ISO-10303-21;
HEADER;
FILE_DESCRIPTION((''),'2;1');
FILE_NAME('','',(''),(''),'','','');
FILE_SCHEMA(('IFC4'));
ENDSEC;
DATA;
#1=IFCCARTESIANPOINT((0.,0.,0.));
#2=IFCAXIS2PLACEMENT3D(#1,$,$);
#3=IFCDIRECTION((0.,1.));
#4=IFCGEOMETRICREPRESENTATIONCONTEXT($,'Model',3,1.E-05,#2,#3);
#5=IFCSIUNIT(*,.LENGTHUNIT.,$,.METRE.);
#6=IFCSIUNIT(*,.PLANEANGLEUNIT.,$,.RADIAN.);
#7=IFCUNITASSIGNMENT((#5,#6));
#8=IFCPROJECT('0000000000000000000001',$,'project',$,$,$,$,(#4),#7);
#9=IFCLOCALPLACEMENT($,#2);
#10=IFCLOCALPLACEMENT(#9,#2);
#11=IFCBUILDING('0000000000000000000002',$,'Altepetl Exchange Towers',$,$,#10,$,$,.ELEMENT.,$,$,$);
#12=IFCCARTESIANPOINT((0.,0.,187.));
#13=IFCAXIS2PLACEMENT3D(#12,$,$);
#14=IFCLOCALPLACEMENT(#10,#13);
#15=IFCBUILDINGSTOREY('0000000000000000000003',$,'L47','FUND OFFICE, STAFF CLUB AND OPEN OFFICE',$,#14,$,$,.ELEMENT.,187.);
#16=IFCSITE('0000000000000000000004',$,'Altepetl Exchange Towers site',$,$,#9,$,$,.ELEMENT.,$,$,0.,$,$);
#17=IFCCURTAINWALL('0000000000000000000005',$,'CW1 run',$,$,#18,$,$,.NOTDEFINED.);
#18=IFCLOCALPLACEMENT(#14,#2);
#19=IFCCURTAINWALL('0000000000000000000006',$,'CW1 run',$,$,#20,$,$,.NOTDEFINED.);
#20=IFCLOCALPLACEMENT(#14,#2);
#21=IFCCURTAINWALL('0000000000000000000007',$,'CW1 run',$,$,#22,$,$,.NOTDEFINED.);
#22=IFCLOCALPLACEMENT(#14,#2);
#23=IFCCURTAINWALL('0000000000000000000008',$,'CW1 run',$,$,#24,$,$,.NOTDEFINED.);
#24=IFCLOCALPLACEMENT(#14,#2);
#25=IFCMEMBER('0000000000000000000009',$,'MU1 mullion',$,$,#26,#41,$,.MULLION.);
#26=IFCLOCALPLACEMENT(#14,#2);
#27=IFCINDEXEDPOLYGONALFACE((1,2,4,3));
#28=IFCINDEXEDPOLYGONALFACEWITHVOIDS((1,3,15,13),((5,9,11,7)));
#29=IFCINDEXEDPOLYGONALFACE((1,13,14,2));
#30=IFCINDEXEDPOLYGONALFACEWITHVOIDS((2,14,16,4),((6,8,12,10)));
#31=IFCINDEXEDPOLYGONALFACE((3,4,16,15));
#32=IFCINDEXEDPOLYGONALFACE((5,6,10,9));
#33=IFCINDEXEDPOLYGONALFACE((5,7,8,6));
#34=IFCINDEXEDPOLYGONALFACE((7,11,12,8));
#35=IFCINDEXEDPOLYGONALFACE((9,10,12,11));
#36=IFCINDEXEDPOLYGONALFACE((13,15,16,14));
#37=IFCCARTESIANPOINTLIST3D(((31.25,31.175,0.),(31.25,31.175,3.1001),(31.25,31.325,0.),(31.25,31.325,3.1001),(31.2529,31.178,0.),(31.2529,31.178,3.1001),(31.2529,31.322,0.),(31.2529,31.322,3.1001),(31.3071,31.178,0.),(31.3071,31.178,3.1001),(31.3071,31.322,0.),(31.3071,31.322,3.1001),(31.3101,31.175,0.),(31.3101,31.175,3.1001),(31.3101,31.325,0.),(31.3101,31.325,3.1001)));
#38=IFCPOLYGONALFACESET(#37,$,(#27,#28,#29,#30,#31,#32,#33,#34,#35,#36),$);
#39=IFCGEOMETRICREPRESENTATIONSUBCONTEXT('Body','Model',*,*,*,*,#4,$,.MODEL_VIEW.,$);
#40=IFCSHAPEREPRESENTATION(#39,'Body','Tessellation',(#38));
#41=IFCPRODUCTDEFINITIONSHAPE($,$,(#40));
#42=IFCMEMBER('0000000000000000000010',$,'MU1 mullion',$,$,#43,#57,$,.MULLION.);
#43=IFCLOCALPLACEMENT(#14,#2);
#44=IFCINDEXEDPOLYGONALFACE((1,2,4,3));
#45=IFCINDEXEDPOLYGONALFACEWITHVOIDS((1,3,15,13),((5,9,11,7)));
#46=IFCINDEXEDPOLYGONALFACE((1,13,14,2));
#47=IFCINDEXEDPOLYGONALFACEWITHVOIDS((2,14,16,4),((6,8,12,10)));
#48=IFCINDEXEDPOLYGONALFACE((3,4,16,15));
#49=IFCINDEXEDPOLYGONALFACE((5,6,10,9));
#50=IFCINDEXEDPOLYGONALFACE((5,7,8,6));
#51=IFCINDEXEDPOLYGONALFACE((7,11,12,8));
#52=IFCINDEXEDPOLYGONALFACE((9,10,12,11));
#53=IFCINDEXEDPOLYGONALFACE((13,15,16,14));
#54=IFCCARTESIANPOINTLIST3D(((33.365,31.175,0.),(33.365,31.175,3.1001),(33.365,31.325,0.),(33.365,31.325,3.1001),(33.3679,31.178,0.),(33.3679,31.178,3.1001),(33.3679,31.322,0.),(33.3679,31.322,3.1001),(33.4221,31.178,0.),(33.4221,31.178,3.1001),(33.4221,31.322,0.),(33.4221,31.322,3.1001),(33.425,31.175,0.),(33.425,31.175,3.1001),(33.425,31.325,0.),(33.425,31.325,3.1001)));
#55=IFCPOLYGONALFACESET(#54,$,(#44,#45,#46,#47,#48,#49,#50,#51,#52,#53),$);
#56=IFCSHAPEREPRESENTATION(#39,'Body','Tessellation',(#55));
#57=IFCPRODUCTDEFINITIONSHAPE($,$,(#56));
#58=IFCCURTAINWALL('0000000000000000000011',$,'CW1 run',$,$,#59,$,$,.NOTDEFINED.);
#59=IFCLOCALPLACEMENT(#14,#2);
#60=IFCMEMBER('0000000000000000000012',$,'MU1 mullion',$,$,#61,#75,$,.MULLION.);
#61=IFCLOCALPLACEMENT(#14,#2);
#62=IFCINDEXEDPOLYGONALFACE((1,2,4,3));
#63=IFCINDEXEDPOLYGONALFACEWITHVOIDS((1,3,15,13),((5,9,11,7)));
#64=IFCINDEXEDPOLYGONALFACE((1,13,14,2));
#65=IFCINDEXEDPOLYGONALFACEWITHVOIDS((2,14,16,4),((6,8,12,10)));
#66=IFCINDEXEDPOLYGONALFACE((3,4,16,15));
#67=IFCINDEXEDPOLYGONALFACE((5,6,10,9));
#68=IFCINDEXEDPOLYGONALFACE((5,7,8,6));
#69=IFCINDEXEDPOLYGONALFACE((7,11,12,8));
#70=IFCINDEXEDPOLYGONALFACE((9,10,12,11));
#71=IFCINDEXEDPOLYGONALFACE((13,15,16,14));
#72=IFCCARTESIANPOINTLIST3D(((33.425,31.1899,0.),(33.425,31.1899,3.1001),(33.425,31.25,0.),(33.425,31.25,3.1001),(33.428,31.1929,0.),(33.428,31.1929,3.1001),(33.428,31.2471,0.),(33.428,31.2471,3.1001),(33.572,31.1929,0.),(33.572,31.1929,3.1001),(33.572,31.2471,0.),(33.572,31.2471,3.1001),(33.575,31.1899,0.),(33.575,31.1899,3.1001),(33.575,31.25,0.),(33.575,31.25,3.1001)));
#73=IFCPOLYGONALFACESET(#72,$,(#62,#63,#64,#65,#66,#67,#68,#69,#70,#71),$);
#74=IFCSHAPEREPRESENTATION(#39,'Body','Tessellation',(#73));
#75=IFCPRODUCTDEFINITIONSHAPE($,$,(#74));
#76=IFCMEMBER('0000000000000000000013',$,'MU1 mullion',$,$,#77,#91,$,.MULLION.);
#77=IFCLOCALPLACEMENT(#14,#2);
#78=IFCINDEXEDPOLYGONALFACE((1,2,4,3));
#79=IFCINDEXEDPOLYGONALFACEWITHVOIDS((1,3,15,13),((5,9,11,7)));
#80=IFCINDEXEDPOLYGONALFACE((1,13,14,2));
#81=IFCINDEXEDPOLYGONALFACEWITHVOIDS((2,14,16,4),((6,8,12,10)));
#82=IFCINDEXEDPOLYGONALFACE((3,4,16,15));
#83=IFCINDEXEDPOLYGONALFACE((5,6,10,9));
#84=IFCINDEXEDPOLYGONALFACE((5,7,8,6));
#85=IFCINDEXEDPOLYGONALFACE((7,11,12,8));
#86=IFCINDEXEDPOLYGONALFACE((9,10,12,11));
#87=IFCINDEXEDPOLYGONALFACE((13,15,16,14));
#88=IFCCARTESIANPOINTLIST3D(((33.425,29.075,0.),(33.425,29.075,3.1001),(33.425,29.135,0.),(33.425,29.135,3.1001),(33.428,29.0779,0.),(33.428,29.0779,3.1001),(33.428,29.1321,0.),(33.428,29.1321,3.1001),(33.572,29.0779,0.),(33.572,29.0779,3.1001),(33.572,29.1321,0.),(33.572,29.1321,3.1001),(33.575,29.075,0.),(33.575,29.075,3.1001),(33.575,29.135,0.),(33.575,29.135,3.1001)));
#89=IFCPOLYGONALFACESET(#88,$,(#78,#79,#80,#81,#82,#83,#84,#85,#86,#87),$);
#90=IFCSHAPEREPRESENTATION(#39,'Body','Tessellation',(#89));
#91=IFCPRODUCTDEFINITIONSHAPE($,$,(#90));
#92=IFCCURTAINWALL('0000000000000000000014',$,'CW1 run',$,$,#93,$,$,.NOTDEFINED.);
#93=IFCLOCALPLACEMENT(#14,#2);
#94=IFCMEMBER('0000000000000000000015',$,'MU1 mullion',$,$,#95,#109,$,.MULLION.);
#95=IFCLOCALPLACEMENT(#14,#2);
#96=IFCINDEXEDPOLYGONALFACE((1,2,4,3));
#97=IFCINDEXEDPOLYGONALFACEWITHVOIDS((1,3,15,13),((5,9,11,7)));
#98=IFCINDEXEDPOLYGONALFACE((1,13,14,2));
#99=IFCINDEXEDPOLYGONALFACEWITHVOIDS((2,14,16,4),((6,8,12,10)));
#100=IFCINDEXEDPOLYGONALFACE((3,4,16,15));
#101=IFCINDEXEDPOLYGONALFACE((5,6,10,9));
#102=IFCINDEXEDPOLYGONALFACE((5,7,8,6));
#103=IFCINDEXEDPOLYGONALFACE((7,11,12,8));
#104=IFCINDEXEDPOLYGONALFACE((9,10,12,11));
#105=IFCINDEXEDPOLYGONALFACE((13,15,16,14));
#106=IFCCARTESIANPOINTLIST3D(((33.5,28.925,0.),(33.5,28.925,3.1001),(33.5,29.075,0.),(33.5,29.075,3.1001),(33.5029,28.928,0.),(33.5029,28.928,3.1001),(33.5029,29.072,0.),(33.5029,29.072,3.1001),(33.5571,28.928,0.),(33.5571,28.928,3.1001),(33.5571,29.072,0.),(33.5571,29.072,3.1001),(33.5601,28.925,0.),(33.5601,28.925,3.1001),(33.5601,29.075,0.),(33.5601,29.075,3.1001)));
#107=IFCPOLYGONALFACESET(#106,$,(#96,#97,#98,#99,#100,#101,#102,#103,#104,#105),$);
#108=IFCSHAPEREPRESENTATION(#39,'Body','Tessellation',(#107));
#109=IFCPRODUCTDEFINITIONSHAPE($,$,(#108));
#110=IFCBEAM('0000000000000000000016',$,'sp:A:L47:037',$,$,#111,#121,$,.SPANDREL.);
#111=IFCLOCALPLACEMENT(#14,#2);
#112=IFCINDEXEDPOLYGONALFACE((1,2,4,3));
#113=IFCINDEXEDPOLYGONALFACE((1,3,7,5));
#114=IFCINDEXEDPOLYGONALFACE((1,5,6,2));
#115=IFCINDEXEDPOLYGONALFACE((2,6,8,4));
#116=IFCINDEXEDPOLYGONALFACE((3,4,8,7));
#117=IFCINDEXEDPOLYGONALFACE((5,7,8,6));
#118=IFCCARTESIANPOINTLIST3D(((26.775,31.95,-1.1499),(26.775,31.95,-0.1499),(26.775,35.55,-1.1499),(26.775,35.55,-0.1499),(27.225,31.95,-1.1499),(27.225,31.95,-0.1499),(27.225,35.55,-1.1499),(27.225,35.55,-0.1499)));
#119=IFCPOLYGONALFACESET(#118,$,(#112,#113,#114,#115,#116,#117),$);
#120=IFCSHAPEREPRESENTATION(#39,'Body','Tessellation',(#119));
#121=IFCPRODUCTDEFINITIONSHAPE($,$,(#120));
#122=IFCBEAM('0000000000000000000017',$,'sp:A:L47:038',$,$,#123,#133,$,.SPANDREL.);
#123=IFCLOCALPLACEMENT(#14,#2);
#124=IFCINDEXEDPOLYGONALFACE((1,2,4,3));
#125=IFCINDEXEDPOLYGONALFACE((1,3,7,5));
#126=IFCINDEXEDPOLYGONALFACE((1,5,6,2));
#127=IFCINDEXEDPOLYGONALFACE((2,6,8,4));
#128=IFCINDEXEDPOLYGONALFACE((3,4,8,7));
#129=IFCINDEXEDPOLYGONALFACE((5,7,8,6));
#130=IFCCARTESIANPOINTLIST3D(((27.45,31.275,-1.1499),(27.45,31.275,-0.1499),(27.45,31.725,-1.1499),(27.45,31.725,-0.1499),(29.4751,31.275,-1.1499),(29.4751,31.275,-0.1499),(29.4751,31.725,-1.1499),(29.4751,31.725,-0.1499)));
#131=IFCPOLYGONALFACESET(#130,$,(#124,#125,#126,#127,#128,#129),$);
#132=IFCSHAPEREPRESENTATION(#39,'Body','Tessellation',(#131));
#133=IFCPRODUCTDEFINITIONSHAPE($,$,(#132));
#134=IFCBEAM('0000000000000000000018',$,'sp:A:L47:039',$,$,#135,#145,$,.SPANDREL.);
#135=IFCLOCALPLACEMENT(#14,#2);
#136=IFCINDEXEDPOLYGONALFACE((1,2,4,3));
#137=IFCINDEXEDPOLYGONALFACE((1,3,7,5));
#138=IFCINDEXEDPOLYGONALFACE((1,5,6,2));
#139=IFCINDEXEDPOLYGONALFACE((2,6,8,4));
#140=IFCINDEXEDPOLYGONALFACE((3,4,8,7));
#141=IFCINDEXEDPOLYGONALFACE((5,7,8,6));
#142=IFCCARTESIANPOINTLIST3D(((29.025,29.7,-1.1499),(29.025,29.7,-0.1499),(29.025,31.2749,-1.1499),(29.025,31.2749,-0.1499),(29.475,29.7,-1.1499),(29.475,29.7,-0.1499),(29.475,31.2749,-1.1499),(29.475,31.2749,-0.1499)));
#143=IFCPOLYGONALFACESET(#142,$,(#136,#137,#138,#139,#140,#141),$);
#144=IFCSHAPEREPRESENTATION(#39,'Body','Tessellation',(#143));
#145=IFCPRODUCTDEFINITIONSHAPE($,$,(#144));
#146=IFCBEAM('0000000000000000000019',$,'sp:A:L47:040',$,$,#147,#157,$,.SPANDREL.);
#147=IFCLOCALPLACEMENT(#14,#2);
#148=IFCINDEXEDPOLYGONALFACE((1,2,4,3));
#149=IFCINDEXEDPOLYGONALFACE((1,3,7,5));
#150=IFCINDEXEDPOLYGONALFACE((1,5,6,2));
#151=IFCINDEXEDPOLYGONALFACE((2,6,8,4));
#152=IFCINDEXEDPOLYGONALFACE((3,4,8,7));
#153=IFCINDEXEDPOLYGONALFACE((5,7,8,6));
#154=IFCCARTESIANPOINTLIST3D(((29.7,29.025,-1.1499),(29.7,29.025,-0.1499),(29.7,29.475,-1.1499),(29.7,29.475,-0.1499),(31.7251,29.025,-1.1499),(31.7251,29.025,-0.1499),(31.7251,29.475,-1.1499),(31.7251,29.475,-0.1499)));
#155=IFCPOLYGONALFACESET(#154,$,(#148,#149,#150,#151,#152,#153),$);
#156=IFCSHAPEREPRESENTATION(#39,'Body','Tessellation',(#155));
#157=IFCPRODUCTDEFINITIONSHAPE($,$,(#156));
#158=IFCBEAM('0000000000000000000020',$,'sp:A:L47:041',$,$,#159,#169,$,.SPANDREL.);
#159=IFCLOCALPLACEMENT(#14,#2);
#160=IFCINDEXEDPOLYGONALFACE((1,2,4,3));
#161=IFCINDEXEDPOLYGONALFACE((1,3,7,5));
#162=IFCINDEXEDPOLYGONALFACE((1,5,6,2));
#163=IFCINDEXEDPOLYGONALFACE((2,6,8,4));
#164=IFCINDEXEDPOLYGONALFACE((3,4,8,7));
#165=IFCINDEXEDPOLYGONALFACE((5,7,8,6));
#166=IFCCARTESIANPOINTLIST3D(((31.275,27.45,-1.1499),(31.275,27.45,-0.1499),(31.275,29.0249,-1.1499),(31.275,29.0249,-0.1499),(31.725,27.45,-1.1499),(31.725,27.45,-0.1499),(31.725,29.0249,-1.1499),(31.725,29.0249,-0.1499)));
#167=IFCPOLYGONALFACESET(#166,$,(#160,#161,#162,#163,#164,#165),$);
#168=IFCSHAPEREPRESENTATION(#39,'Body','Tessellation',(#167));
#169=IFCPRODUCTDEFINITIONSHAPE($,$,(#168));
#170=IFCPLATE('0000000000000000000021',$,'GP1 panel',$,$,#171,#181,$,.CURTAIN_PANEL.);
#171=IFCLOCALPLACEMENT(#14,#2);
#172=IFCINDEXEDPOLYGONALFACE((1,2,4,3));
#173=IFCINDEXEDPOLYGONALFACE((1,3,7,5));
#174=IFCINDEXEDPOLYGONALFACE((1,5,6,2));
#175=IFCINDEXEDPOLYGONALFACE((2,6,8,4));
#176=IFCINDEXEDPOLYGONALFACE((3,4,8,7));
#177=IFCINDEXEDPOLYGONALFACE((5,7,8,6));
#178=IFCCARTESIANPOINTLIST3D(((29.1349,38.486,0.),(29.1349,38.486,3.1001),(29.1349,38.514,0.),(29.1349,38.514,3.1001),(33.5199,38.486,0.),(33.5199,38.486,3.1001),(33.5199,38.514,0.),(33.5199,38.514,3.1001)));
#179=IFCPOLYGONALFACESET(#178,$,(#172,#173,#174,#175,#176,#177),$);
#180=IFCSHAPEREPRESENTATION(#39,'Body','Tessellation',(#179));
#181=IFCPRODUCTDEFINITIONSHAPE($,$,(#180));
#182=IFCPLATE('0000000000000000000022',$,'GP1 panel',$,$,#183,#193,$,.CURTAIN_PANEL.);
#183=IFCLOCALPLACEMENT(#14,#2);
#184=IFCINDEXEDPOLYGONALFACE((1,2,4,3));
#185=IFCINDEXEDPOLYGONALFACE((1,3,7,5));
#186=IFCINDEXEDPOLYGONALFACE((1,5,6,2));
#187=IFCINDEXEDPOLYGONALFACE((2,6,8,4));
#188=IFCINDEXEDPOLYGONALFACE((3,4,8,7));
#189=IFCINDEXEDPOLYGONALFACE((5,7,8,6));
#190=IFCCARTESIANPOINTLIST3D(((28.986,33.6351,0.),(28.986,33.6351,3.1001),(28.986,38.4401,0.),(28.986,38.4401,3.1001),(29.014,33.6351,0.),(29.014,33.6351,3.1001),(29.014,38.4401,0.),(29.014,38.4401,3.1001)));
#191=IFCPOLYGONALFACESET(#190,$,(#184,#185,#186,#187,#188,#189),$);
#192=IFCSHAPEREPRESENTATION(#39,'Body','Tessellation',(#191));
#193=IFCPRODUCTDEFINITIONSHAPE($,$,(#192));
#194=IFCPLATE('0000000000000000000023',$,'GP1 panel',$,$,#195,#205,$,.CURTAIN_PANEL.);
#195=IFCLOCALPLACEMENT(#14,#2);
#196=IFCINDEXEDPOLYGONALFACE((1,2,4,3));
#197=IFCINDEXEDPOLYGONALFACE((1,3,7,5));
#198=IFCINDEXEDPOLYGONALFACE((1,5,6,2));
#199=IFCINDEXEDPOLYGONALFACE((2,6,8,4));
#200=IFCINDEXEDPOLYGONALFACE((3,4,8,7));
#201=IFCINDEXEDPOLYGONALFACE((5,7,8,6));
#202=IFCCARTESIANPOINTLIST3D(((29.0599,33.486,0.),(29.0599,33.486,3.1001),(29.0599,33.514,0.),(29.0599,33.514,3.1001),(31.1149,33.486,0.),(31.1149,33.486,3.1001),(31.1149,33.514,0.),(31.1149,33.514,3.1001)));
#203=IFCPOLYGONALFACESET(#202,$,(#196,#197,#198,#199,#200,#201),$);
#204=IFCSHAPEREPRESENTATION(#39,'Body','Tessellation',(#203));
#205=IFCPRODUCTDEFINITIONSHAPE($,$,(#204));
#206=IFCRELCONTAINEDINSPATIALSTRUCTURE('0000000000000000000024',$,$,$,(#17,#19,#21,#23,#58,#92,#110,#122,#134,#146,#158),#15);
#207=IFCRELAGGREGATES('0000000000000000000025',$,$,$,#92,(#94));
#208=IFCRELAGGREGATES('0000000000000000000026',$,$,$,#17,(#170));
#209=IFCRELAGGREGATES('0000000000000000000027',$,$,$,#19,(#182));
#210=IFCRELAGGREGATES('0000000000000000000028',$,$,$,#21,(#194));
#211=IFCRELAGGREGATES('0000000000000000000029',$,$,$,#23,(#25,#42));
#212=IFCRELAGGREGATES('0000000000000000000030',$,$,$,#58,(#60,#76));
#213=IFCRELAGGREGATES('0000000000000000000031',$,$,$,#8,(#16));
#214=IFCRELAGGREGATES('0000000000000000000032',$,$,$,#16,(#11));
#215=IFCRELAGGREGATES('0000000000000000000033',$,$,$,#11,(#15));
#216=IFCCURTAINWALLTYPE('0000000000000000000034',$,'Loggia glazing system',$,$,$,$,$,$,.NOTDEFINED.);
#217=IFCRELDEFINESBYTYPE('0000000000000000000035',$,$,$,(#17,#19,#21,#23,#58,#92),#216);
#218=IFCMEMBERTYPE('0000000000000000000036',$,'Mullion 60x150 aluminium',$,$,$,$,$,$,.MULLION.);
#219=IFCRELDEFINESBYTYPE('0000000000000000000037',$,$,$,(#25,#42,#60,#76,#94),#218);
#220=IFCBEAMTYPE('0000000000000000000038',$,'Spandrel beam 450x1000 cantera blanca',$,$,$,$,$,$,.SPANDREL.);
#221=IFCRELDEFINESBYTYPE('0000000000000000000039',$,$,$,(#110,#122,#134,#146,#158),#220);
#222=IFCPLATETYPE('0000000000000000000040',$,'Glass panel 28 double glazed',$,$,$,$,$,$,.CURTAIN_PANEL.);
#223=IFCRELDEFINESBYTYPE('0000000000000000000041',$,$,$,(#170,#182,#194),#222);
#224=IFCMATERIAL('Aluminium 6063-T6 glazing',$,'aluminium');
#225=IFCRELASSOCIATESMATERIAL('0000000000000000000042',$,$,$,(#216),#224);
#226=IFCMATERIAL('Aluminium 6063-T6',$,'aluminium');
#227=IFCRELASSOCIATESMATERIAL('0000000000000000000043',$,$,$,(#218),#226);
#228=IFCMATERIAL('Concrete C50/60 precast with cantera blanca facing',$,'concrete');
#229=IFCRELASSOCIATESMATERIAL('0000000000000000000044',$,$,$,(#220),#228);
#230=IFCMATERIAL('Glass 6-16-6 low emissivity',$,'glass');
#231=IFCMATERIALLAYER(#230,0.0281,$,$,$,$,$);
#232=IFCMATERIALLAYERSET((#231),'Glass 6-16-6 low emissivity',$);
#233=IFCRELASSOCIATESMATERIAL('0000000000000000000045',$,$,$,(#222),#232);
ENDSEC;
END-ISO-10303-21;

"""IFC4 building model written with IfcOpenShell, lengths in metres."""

from ifc_helpers import new_model, si_unit, direction, frame, origin, origin_2d, place, context, subcontext, project, spatial, rectangle, hollow_rectangle, extrude, material, layer, layer_set, material_profile, profile_set, type_object, element, aggregate, save


model = new_model("IFC4")

# Units and contexts
model_context = context("Model", 3, precision=1e-05, world=origin(), true_north=direction((0.0, 1.0)))
body_context = subcontext(model_context, "Body", "Model", "MODEL_VIEW")
ifc_project = project(units=[si_unit("LENGTHUNIT", "METRE"), si_unit("PLANEANGLEUNIT", "RADIAN")], contexts=[model_context])

# Site, building, storey
site_placement = place(None, origin())
site = spatial("IfcSite", under=ifc_project, at=site_placement, Name="Altepetl Exchange Towers site", CompositionType="ELEMENT", RefElevation=0.0)
building_placement = place(site_placement, origin())
building = spatial("IfcBuilding", under=site, at=building_placement, Name="Altepetl Exchange Towers", CompositionType="ELEMENT")
storey_placement = place(building_placement, frame((0.0, 0.0, 187.0)))
storey = spatial("IfcBuildingStorey", under=building, at=storey_placement, Name="L47", Description="FUND OFFICE, STAFF CLUB AND OPEN OFFICE", CompositionType="ELEMENT", Elevation=187.0)

# Curtain walls, members
ifc_material_1 = material(Name="Aluminium 6063-T6 glazing", Category="aluminium")
curtain_wall_type = type_object("IfcCurtainWallType", Name="Loggia glazing system", PredefinedType="NOTDEFINED", material=ifc_material_1)
curtain_wall_1_placement = place(storey_placement, origin())
curtain_wall_1 = element("IfcCurtainWall", 1, at=curtain_wall_1_placement, inside=storey, type_object=curtain_wall_type, Name="CW1 run", PredefinedType="NOTDEFINED")
ifc_material_2 = material(Name="Aluminium 6063-T6", Category="aluminium")
ifc_material_profile_1 = material_profile(ifc_material_2, hollow_rectangle(XDim=0.0601, YDim=0.1499, WallThickness=0.0029, at=origin_2d()), Name="Mullion 60x150 aluminium")
ifc_profile_set_1 = profile_set([ifc_material_profile_1], Name="Aluminium 6063-T6")
member_type = type_object("IfcMemberType", Name="Mullion 60x150 aluminium", PredefinedType="MULLION", material=ifc_profile_set_1)
curtain_wall_2_placement = place(storey_placement, origin())
curtain_wall_2 = element("IfcCurtainWall", 2, at=curtain_wall_2_placement, inside=storey, type_object=curtain_wall_type, Name="CW1 run", PredefinedType="NOTDEFINED")
curtain_wall_3_placement = place(storey_placement, origin())
curtain_wall_3 = element("IfcCurtainWall", 3, at=curtain_wall_3_placement, inside=storey, type_object=curtain_wall_type, Name="CW1 run", PredefinedType="NOTDEFINED")
curtain_wall_4_placement = place(storey_placement, origin())
curtain_wall_4 = element("IfcCurtainWall", 4, at=curtain_wall_4_placement, inside=storey, type_object=curtain_wall_type, Name="CW1 run", PredefinedType="NOTDEFINED")
member_1_placement = place(storey_placement, frame((31.28, 31.25, 0.0)))
member_1 = element("IfcMember", 5, at=member_1_placement, type_object=member_type, Name="MU1 mullion", PredefinedType="MULLION", context=body_context, shape_type="SweptSolid", body=[
    extrude(hollow_rectangle(XDim=0.0601, YDim=0.1499, WallThickness=0.0029, at=origin_2d()), origin(), (0.0, 0.0, 1.0), 3.1001),
])
member_2_placement = place(storey_placement, frame((33.395, 31.25, 0.0)))
member_2 = element("IfcMember", 6, at=member_2_placement, type_object=member_type, Name="MU1 mullion", PredefinedType="MULLION", context=body_context, shape_type="SweptSolid", body=[
    extrude(hollow_rectangle(XDim=0.0601, YDim=0.1499, WallThickness=0.0029, at=origin_2d()), origin(), (0.0, 0.0, 1.0), 3.1001),
])
curtain_wall_5_placement = place(storey_placement, origin())
curtain_wall_5 = element("IfcCurtainWall", 7, at=curtain_wall_5_placement, inside=storey, type_object=curtain_wall_type, Name="CW1 run", PredefinedType="NOTDEFINED")
member_3_placement = place(storey_placement, frame((33.5, 31.22, 0.0), z_axis=(0.0, 0.0, 1.0), x_axis=(0.0, -1.0, 0.0)))
member_3 = element("IfcMember", 8, at=member_3_placement, type_object=member_type, Name="MU1 mullion", PredefinedType="MULLION", context=body_context, shape_type="SweptSolid", body=[
    extrude(hollow_rectangle(XDim=0.0601, YDim=0.1499, WallThickness=0.0029, at=origin_2d()), origin(), (0.0, 0.0, 1.0), 3.1001),
])
member_4_placement = place(storey_placement, frame((33.5, 29.105, 0.0), z_axis=(0.0, 0.0, 1.0), x_axis=(0.0, -1.0, 0.0)))
member_4 = element("IfcMember", 9, at=member_4_placement, type_object=member_type, Name="MU1 mullion", PredefinedType="MULLION", context=body_context, shape_type="SweptSolid", body=[
    extrude(hollow_rectangle(XDim=0.0601, YDim=0.1499, WallThickness=0.0029, at=origin_2d()), origin(), (0.0, 0.0, 1.0), 3.1001),
])

# Curtain wall, member
curtain_wall_6_placement = place(storey_placement, origin())
curtain_wall_6 = element("IfcCurtainWall", 10, at=curtain_wall_6_placement, inside=storey, type_object=curtain_wall_type, Name="CW1 run", PredefinedType="NOTDEFINED")
member_5_placement = place(storey_placement, frame((33.53, 29.0, 0.0)))
member_5 = element("IfcMember", 11, at=member_5_placement, type_object=member_type, Name="MU1 mullion", PredefinedType="MULLION", context=body_context, shape_type="SweptSolid", body=[
    extrude(hollow_rectangle(XDim=0.0601, YDim=0.1499, WallThickness=0.0029, at=origin_2d()), origin(), (0.0, 0.0, 1.0), 3.1001),
])
aggregate(curtain_wall_6, [member_5])

# Beams
ifc_material_3 = material(Name="Concrete C50/60 precast with cantera blanca facing", Category="concrete")
ifc_material_profile_2 = material_profile(ifc_material_3, rectangle(XDim=0.45, YDim=1.0, at=origin_2d()), Name="450 x 1000")
ifc_profile_set_2 = profile_set([ifc_material_profile_2], Name="Concrete C50/60 precast with cantera blanca facing")
beam_type_1 = type_object("IfcBeamType", Name="Spandrel beam 450x1000 cantera blanca", PredefinedType="SPANDREL", material=ifc_profile_set_2)
beam_1_placement = place(storey_placement, frame((27.0, 35.55, -0.6499), z_axis=(0.0, -1.0, 0.0), x_axis=(1.0, 0.0, 0.0)))
element("IfcBeam", 12, at=beam_1_placement, inside=storey, type_object=beam_type_1, Name="sp:A:L47:037", PredefinedType="SPANDREL", context=body_context, shape_type="SweptSolid", body=[
    extrude(rectangle(XDim=0.45, YDim=1.0, at=origin_2d()), origin(), (0.0, 0.0, 1.0), 3.6001),
])
beam_2_placement = place(storey_placement, frame((27.45, 31.5, -0.6499), z_axis=(1.0, 0.0, 0.0), x_axis=(0.0, 1.0, 0.0)))
element("IfcBeam", 13, at=beam_2_placement, inside=storey, type_object=beam_type_1, Name="sp:A:L47:038", PredefinedType="SPANDREL", context=body_context, shape_type="SweptSolid", body=[
    extrude(rectangle(XDim=0.45, YDim=1.0, at=origin_2d()), origin(), (0.0, 0.0, 1.0), 2.0251),
])
beam_3_placement = place(storey_placement, frame((29.25, 31.2749, -0.6499), z_axis=(0.0, -1.0, 0.0), x_axis=(1.0, 0.0, 0.0)))
element("IfcBeam", 14, at=beam_3_placement, inside=storey, type_object=beam_type_1, Name="sp:A:L47:039", PredefinedType="SPANDREL", context=body_context, shape_type="SweptSolid", body=[
    extrude(rectangle(XDim=0.45, YDim=1.0, at=origin_2d()), origin(), (0.0, 0.0, 1.0), 1.575),
])
beam_4_placement = place(storey_placement, frame((29.7, 29.25, -0.6499), z_axis=(1.0, 0.0, 0.0), x_axis=(0.0, 1.0, 0.0)))
element("IfcBeam", 15, at=beam_4_placement, inside=storey, type_object=beam_type_1, Name="sp:A:L47:040", PredefinedType="SPANDREL", context=body_context, shape_type="SweptSolid", body=[
    extrude(rectangle(XDim=0.45, YDim=1.0, at=origin_2d()), origin(), (0.0, 0.0, 1.0), 2.0251),
])
beam_5_placement = place(storey_placement, frame((31.5, 29.0249, -0.6499), z_axis=(0.0, -1.0, 0.0), x_axis=(1.0, 0.0, 0.0)))
element("IfcBeam", 16, at=beam_5_placement, inside=storey, type_object=beam_type_1, Name="sp:A:L47:041", PredefinedType="SPANDREL", context=body_context, shape_type="SweptSolid", body=[
    extrude(rectangle(XDim=0.45, YDim=1.0, at=origin_2d()), origin(), (0.0, 0.0, 1.0), 1.575),
])

# Plates
ifc_material_4 = material(Name="Glass 6-16-6 low emissivity", Category="glass")
ifc_layer = layer(ifc_material_4, 0.0281)
ifc_layer_set = layer_set([ifc_layer], Name="Glass 6-16-6 low emissivity")
plate_type = type_object("IfcPlateType", Name="Glass panel 28 double glazed", PredefinedType="CURTAIN_PANEL", material=ifc_layer_set)
plate_1_placement = place(storey_placement, frame((31.3274, 38.5, 0.0), z_axis=(0.0, 0.0, 1.0), x_axis=(-1.0, 0.0, 0.0)))
plate_1 = element("IfcPlate", 17, at=plate_1_placement, type_object=plate_type, Name="GP1 panel", PredefinedType="CURTAIN_PANEL", context=body_context, shape_type="SweptSolid", body=[
    extrude(rectangle(XDim=4.385, YDim=0.0281, at=origin_2d()), origin(), (0.0, 0.0, 1.0), 3.1001),
])
aggregate(curtain_wall_1, [plate_1])
plate_2_placement = place(storey_placement, frame((29.0, 36.0376, 0.0), z_axis=(0.0, 0.0, 1.0), x_axis=(0.0, -1.0, 0.0)))
plate_2 = element("IfcPlate", 18, at=plate_2_placement, type_object=plate_type, Name="GP1 panel", PredefinedType="CURTAIN_PANEL", context=body_context, shape_type="SweptSolid", body=[
    extrude(rectangle(XDim=4.8049, YDim=0.0281, at=origin_2d()), origin(), (0.0, 0.0, 1.0), 3.1001),
])
aggregate(curtain_wall_2, [plate_2])
plate_3_placement = place(storey_placement, frame((30.0874, 33.5, 0.0)))
plate_3 = element("IfcPlate", 19, at=plate_3_placement, type_object=plate_type, Name="GP1 panel", PredefinedType="CURTAIN_PANEL", context=body_context, shape_type="SweptSolid", body=[
    extrude(rectangle(XDim=2.0549, YDim=0.0281, at=origin_2d()), origin(), (0.0, 0.0, 1.0), 3.1001),
])
aggregate(curtain_wall_3, [plate_3])
aggregate(curtain_wall_4, [member_1, member_2])
aggregate(curtain_wall_5, [member_3, member_4])

save(model, "model.ifc")
